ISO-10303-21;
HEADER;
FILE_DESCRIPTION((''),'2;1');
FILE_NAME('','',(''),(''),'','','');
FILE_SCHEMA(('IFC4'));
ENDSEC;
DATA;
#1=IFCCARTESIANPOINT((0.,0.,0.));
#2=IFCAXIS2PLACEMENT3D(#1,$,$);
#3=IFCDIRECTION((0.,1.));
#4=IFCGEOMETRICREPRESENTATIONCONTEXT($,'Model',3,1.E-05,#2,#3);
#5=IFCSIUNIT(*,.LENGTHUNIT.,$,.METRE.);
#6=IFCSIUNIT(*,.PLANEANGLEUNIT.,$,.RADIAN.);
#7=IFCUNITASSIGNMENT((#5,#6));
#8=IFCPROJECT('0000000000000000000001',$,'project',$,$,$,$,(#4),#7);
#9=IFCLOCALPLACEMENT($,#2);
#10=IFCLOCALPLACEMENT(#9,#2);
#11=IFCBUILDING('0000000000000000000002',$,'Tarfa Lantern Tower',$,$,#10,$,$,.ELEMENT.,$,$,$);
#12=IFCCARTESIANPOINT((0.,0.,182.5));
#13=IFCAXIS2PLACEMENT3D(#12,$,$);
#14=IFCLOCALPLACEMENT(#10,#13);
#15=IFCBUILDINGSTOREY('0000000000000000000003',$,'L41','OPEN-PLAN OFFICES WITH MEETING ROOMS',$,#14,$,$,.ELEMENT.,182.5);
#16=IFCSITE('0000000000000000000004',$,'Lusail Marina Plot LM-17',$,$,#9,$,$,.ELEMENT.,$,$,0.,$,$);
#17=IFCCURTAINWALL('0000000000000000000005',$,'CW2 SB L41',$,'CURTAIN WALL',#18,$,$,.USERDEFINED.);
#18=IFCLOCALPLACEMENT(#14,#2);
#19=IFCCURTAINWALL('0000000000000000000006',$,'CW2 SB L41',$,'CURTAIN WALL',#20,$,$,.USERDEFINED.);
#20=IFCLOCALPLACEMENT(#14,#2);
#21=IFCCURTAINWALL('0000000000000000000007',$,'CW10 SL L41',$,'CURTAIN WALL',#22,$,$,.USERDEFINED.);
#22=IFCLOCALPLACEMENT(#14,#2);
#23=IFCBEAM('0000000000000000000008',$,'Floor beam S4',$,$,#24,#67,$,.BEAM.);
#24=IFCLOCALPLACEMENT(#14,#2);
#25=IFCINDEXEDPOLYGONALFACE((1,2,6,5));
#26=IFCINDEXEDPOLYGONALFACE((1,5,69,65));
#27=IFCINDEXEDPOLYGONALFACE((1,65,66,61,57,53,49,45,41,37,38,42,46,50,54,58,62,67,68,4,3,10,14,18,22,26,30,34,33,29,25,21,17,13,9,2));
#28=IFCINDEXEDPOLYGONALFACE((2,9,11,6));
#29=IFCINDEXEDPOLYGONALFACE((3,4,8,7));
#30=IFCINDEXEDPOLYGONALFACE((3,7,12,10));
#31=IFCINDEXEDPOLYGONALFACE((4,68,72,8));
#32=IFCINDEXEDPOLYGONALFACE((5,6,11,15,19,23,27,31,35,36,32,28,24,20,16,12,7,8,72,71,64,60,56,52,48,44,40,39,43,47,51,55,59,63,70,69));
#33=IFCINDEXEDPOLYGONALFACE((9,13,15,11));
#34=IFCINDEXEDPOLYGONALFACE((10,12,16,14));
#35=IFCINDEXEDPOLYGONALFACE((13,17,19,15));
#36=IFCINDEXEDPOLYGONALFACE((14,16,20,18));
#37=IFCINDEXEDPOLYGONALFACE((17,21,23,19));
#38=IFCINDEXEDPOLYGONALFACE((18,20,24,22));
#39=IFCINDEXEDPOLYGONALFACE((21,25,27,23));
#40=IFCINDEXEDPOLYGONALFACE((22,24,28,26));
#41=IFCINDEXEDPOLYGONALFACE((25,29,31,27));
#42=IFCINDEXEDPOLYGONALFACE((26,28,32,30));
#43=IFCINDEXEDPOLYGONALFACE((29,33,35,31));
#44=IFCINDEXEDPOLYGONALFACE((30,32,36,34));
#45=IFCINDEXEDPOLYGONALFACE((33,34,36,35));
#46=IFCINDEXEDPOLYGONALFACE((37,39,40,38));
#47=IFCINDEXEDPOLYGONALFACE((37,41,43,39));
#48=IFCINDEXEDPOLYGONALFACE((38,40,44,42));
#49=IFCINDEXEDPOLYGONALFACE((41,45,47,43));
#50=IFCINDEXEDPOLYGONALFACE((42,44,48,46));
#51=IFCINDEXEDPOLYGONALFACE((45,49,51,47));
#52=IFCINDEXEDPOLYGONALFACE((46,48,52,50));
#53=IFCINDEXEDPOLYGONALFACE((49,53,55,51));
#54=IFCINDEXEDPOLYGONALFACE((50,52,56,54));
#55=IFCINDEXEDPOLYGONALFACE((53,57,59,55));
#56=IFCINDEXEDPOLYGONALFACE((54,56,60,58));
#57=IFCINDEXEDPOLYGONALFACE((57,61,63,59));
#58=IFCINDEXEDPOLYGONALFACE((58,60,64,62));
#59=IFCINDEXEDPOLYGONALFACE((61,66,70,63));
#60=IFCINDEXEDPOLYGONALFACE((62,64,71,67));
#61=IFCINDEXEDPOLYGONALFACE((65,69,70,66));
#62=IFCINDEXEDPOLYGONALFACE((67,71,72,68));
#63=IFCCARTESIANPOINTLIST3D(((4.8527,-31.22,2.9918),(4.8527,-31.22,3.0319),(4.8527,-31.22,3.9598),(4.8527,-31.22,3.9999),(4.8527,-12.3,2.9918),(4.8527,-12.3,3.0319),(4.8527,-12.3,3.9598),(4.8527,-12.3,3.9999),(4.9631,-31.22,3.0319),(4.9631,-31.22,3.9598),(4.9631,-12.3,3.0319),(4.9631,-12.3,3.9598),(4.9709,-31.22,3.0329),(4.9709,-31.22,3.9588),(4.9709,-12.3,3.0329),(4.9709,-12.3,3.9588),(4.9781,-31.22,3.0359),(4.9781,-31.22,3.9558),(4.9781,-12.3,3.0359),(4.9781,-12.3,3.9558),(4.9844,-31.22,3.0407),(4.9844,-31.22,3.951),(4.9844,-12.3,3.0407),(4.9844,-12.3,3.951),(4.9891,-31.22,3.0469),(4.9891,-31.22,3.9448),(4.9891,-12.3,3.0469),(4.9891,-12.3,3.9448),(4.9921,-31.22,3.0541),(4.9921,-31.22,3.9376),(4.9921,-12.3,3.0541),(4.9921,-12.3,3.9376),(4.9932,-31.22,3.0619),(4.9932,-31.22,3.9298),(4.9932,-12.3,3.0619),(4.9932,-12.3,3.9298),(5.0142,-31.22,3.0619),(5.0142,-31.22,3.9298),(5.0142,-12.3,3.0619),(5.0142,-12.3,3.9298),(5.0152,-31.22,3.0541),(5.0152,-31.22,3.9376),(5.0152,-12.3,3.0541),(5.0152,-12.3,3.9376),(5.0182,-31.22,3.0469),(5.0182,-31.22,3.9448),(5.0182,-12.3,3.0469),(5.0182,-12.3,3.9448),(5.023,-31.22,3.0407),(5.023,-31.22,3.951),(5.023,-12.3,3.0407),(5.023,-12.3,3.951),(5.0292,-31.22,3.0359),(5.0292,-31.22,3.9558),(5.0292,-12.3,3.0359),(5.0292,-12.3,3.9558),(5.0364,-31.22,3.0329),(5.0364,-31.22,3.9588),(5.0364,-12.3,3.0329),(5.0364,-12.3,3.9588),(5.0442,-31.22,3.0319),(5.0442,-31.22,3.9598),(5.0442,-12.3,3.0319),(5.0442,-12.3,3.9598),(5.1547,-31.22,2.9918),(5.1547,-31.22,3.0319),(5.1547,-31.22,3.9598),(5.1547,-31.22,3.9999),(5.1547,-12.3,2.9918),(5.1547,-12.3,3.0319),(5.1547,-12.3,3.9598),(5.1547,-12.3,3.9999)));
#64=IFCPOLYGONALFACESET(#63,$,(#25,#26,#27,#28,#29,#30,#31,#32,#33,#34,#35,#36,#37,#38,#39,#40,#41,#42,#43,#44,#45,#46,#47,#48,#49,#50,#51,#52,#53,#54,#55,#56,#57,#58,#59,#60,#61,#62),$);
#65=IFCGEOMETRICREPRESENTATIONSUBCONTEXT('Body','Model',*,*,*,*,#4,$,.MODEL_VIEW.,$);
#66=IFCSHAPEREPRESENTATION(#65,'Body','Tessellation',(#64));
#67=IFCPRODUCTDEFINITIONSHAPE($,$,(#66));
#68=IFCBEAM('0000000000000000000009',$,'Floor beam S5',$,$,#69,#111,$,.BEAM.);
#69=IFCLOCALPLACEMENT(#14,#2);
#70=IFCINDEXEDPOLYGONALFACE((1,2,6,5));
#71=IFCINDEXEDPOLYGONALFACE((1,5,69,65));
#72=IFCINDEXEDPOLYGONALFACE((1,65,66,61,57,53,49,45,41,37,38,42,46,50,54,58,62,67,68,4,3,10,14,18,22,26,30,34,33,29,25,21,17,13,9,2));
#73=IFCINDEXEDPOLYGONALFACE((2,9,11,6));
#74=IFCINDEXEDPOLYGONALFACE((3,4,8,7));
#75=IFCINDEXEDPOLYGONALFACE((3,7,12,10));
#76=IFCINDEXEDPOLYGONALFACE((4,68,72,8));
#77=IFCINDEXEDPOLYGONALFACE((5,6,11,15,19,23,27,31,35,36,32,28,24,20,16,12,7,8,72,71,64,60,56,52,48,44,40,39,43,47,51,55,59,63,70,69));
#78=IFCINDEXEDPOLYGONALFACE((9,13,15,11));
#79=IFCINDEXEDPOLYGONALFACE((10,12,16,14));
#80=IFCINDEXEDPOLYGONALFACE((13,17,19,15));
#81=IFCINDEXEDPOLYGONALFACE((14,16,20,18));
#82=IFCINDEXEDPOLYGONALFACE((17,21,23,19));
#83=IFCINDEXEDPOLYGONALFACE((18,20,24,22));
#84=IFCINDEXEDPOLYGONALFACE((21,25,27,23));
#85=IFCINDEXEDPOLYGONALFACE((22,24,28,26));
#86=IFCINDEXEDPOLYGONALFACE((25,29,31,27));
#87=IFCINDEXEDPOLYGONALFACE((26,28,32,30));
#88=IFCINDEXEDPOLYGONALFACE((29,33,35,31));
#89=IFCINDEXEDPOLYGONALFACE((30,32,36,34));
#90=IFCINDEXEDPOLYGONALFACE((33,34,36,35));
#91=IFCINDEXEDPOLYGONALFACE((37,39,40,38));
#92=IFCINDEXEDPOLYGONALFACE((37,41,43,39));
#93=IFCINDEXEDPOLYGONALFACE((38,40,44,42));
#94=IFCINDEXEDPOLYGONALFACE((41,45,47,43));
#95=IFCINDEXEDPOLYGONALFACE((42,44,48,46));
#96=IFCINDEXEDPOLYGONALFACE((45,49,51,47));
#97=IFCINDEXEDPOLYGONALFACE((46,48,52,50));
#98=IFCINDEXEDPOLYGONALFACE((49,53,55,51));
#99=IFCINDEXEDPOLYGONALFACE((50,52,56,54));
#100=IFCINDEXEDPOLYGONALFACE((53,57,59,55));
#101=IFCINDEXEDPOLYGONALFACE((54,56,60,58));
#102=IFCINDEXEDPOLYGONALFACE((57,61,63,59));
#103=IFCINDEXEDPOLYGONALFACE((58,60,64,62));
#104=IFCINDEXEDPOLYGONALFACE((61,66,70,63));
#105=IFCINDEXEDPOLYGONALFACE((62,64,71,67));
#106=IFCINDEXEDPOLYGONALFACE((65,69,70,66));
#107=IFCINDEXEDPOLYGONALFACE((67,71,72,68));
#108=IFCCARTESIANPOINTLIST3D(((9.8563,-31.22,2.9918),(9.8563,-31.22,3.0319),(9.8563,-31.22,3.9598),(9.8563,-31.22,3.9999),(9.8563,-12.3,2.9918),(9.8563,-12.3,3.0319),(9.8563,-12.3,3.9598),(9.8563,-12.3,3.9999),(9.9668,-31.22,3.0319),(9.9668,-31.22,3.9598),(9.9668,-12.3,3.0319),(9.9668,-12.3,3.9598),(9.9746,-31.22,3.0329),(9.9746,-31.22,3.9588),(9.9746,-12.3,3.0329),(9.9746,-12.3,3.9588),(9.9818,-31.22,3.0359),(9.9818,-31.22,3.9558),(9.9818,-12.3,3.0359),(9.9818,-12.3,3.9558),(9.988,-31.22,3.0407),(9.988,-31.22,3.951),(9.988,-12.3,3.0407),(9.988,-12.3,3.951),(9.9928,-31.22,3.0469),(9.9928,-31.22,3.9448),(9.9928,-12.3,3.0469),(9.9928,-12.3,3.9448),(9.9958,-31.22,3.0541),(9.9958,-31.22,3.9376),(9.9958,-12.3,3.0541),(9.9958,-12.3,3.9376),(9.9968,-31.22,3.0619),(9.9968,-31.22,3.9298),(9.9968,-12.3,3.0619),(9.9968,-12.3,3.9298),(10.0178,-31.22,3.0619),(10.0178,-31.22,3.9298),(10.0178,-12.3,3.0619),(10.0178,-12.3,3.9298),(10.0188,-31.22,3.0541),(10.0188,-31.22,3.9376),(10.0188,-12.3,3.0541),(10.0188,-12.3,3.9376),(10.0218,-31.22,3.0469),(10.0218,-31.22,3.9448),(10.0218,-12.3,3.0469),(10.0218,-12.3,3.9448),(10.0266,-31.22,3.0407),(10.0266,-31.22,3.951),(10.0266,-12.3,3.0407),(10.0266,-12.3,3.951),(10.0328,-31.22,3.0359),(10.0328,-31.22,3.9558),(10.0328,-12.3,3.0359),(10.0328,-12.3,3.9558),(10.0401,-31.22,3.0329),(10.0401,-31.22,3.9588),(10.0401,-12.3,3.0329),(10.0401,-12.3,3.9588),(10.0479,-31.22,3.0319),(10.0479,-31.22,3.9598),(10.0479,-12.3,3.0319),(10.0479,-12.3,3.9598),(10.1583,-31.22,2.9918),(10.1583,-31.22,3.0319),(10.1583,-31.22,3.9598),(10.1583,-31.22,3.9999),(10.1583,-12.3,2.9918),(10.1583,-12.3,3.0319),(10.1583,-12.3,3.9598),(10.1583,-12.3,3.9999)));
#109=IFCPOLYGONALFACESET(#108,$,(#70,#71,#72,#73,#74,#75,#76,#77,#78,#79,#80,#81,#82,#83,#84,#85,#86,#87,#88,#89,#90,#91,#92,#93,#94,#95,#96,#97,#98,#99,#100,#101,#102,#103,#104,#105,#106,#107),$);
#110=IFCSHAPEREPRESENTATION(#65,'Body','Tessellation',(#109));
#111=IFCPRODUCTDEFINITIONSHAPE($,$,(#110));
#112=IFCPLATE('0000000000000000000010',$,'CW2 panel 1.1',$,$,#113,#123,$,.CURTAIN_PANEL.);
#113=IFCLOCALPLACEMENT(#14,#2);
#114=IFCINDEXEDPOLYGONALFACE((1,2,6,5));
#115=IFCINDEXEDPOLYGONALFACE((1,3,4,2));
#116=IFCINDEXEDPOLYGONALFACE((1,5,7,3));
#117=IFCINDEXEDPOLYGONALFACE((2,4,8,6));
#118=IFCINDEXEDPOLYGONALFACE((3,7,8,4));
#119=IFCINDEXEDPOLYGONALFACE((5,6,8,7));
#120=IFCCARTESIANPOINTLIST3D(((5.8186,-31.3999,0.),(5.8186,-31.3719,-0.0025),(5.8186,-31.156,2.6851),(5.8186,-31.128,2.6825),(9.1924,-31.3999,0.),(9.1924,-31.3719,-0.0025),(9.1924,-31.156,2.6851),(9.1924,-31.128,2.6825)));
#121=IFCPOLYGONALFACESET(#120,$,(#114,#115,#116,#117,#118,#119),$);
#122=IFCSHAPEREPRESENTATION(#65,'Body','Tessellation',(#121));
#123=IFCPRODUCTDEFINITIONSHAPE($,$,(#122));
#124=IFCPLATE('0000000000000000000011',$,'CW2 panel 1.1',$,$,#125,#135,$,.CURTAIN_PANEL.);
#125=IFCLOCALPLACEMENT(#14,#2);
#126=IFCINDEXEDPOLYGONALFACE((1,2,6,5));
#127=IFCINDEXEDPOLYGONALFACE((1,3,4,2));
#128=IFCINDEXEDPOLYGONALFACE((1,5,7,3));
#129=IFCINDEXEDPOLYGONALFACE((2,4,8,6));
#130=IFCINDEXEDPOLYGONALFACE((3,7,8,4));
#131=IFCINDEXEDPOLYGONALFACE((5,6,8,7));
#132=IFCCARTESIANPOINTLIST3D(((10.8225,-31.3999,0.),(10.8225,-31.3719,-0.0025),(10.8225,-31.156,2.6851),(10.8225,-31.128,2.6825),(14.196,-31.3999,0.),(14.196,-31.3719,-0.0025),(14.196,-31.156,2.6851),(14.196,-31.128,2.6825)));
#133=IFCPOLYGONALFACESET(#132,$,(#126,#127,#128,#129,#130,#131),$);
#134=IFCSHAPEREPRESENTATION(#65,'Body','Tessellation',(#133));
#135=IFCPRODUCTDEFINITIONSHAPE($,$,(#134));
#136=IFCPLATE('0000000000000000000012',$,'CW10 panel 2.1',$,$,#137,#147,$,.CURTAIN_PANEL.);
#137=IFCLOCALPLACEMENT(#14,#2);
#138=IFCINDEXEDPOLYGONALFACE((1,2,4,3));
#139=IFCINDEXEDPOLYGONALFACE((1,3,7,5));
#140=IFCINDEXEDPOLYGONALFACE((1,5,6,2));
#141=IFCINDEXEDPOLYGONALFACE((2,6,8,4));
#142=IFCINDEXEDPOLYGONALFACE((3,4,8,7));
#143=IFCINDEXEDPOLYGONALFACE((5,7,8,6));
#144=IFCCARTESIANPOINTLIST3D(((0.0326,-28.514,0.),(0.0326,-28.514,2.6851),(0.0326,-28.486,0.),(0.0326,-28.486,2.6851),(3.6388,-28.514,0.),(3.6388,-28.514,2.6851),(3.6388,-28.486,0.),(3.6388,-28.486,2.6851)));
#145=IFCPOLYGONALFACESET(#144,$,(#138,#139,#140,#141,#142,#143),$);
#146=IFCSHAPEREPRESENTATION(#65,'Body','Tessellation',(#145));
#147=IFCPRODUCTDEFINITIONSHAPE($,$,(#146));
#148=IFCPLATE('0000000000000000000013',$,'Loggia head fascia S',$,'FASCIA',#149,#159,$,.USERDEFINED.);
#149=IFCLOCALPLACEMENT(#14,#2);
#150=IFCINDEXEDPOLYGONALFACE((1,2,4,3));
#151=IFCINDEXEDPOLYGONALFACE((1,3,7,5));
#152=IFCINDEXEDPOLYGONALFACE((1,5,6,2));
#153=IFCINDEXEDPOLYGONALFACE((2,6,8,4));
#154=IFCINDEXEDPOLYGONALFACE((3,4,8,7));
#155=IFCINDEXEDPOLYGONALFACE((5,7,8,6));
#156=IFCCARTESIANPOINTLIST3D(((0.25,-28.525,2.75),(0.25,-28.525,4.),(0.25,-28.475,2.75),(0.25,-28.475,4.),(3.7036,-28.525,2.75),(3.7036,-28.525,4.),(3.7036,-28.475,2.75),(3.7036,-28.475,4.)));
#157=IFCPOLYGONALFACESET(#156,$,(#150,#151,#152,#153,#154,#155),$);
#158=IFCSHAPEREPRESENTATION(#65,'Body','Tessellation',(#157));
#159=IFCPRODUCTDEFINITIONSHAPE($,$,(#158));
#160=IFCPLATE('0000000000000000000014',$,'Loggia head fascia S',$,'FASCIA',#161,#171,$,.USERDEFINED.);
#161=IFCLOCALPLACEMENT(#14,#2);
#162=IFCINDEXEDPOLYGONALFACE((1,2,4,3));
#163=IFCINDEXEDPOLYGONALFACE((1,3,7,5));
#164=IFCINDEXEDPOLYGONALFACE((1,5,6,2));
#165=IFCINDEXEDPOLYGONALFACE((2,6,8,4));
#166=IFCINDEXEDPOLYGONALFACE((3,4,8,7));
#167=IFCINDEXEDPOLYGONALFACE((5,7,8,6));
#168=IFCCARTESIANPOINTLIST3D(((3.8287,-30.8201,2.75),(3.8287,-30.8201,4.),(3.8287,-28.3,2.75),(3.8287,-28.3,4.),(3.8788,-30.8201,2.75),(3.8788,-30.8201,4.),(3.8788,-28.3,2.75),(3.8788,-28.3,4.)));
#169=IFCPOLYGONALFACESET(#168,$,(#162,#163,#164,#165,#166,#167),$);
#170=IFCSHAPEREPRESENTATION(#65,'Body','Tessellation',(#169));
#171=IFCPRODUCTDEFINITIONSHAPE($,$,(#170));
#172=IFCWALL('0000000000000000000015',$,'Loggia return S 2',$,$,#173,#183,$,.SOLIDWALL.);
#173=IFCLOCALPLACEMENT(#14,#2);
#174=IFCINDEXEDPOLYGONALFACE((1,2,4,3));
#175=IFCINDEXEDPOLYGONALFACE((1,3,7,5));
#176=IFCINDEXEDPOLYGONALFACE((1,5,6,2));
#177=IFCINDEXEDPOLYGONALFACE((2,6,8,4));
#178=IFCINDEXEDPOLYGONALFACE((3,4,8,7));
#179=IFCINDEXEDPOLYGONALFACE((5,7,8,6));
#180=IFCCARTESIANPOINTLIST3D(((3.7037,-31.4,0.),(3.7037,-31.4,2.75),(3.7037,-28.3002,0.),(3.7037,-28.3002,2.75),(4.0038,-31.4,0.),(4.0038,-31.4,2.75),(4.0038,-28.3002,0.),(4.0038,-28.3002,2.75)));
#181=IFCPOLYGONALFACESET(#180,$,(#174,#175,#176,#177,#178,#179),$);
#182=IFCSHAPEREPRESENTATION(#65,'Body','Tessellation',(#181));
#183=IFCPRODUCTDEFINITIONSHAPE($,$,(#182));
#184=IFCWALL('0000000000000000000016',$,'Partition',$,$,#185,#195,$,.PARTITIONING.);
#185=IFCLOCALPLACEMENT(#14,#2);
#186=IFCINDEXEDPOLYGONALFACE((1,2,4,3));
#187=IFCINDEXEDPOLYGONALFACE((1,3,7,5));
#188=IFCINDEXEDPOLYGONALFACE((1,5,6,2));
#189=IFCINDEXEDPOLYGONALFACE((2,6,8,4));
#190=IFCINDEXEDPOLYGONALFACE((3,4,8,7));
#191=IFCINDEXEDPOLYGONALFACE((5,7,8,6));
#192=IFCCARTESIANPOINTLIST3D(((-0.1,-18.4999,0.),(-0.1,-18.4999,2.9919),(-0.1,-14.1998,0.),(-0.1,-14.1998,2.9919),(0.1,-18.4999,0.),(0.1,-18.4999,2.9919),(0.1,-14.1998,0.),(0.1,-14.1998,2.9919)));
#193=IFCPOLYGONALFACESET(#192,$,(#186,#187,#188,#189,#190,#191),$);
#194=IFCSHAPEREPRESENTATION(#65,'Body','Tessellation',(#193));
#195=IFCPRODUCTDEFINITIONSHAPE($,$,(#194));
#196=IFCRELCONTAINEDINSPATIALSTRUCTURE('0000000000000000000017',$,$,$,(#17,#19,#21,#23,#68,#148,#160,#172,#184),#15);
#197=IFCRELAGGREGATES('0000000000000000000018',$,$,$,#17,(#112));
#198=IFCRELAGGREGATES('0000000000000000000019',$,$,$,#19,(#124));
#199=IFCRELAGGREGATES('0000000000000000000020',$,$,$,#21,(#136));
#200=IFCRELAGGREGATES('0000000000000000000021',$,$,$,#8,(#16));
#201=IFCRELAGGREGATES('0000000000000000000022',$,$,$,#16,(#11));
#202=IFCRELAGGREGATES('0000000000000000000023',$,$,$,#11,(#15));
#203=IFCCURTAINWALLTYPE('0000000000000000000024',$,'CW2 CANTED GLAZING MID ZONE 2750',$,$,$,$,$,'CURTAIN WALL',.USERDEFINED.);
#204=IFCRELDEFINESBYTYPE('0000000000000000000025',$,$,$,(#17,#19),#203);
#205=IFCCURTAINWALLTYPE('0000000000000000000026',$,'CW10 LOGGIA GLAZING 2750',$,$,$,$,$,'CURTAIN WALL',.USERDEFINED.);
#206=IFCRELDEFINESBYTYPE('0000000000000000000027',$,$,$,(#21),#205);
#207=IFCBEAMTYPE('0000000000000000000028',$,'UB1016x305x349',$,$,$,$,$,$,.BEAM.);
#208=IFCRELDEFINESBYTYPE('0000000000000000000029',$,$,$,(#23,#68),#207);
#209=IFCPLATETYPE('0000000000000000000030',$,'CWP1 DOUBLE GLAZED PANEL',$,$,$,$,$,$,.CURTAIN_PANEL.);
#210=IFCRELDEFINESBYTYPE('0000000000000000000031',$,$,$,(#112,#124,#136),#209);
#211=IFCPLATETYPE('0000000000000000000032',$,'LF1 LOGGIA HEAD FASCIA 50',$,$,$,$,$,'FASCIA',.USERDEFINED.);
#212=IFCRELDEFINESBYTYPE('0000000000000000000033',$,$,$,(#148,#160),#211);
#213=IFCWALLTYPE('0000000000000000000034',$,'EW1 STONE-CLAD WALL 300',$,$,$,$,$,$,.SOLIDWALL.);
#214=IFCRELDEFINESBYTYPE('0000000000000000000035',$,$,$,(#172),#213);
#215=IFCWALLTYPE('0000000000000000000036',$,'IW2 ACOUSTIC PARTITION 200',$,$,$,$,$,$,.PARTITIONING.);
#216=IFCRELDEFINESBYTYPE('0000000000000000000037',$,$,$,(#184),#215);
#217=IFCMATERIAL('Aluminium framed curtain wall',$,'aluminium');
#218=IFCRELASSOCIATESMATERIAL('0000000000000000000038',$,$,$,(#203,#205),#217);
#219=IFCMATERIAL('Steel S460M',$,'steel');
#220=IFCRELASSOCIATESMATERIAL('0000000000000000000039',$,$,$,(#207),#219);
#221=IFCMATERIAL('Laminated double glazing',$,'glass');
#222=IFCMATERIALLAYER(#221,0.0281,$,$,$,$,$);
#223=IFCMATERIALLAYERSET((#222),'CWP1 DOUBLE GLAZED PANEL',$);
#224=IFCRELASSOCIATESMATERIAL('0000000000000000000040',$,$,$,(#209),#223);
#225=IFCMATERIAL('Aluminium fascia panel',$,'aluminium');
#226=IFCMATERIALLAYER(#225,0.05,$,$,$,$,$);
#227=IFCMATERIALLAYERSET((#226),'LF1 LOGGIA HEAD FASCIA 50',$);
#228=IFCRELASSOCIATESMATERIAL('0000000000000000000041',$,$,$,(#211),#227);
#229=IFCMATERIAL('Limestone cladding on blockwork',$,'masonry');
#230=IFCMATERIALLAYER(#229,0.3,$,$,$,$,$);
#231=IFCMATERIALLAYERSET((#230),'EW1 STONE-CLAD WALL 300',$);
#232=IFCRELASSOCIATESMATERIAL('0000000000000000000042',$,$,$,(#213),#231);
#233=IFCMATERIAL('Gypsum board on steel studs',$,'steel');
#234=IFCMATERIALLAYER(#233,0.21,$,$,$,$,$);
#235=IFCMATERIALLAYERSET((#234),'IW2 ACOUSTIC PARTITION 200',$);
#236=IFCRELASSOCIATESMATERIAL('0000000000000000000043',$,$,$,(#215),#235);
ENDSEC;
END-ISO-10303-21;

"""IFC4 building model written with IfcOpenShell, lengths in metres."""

from ifc_helpers import new_model, si_unit, direction, frame, frame_2d, origin, origin_2d, place, context, subcontext, project, spatial, polyline, rectangle, i_section, outline, extrude, material, layer, layer_set, material_profile, profile_set, type_object, element, aggregate, save


model = new_model("IFC4")

# Units and contexts
model_context = context("Model", 3, precision=1e-05, world=origin(), true_north=direction((0.0, 1.0)))
body_context = subcontext(model_context, "Body", "Model", "MODEL_VIEW")
ifc_project = project(units=[si_unit("LENGTHUNIT", "METRE"), si_unit("PLANEANGLEUNIT", "RADIAN")], contexts=[model_context])

# Site, building, storey
site_placement = place(None, origin())
site = spatial("IfcSite", under=ifc_project, at=site_placement, Name="Lusail Marina Plot LM-17", CompositionType="ELEMENT", RefElevation=0.0)
building_placement = place(site_placement, origin())
building = spatial("IfcBuilding", under=site, at=building_placement, Name="Tarfa Lantern Tower", CompositionType="ELEMENT")
storey_placement = place(building_placement, frame((0.0, 0.0, 182.5)))
storey = spatial("IfcBuildingStorey", under=building, at=storey_placement, Name="L41", Description="OPEN-PLAN OFFICES WITH MEETING ROOMS", CompositionType="ELEMENT", Elevation=182.5)

# Curtain wall
ifc_material_1 = material(Name="Aluminium framed curtain wall", Category="aluminium")
curtain_wall_type_1 = type_object("IfcCurtainWallType", Name="CW2 CANTED GLAZING MID ZONE 2750", ElementType="CURTAIN WALL", PredefinedType="USERDEFINED", material=ifc_material_1)
curtain_wall_1_placement = place(storey_placement, origin())
curtain_wall_1 = element("IfcCurtainWall", 1, at=curtain_wall_1_placement, inside=storey, type_object=curtain_wall_type_1, Name="CW2 SB L41", ObjectType="CURTAIN WALL", PredefinedType="USERDEFINED")

# Curtain walls
curtain_wall_2_placement = place(storey_placement, origin())
curtain_wall_2 = element("IfcCurtainWall", 2, at=curtain_wall_2_placement, inside=storey, type_object=curtain_wall_type_1, Name="CW2 SB L41", ObjectType="CURTAIN WALL", PredefinedType="USERDEFINED")
curtain_wall_type_2 = type_object("IfcCurtainWallType", Name="CW10 LOGGIA GLAZING 2750", ElementType="CURTAIN WALL", PredefinedType="USERDEFINED", material=ifc_material_1)
curtain_wall_3_placement = place(storey_placement, origin())
curtain_wall_3 = element("IfcCurtainWall", 3, at=curtain_wall_3_placement, inside=storey, type_object=curtain_wall_type_2, Name="CW10 SL L41", ObjectType="CURTAIN WALL", PredefinedType="USERDEFINED")

# Beams
ifc_material_2 = material(Name="Steel S460M", Category="steel")
ifc_material_profile_1 = material_profile(ifc_material_2, i_section(OverallWidth=0.302, OverallDepth=1.0081, WebThickness=0.021, FlangeThickness=0.04, FilletRadius=0.03, at=origin_2d()), Name="UB1016x305x349")
ifc_profile_set_1 = profile_set([ifc_material_profile_1], Name="Steel S460M")
beam_type_1 = type_object("IfcBeamType", Name="UB1016x305x349", PredefinedType="BEAM", material=ifc_profile_set_1)
for number, where, z_axis, x_axis, name in (
    (4, (5.0037, -31.22, 3.4958), (0.0, 1.0, 0.0), (-1.0, 0.0, 0.0), "Floor beam S4"),
    (5, (10.0073, -31.22, 3.4958), (0.0, 1.0, 0.0), (-1.0, 0.0, 0.0), "Floor beam S5"),
):
    element("IfcBeam", number, at=place(storey_placement, frame(where, z_axis=z_axis, x_axis=x_axis)), inside=storey, type_object=beam_type_1, Name=name, PredefinedType="BEAM", context=body_context, shape_type="SweptSolid", body=[
        extrude(i_section(OverallWidth=0.302, OverallDepth=1.0081, WebThickness=0.021, FlangeThickness=0.04, FilletRadius=0.03, at=origin_2d()), origin(), (0.0, 0.0, 1.0), 18.9199),
    ])

# Plates
ifc_material_3 = material(Name="Laminated double glazing", Category="glass")
ifc_layer_1 = layer(ifc_material_3, 0.0281)
ifc_layer_set_1 = layer_set([ifc_layer_1], Name="CWP1 DOUBLE GLAZED PANEL")
plate_type_1 = type_object("IfcPlateType", Name="CWP1 DOUBLE GLAZED PANEL", PredefinedType="CURTAIN_PANEL", material=ifc_layer_set_1)
plate_1_placement = place(storey_placement, frame((5.8186, -31.3999, 0.0), z_axis=(0.0, -0.9959, 0.090462), x_axis=(1.0, 0.0, 0.0)))
plate_1 = element("IfcPlate", 6, at=plate_1_placement, type_object=plate_type_1, Name="CW2 panel 1.1", PredefinedType="CURTAIN_PANEL", context=body_context, shape_type="SweptSolid", body=[
    extrude(outline(polyline([(0.0, 0.0), (3.3738, 0.0), (3.3738, 2.6961), (0.0, 2.6961), (0.0, 0.0)])), origin(), (0.0, 0.0, -1.0), 0.0281),
])
aggregate(curtain_wall_1, [plate_1])
plate_2_placement = place(storey_placement, frame((10.8225, -31.3999, 0.0), z_axis=(0.0, -0.9959, 0.090462), x_axis=(1.0, 0.0, 0.0)))
plate_2 = element("IfcPlate", 7, at=plate_2_placement, type_object=plate_type_1, Name="CW2 panel 1.1", PredefinedType="CURTAIN_PANEL", context=body_context, shape_type="SweptSolid", body=[
    extrude(outline(polyline([(0.0, 0.0), (3.3735, 0.0), (3.3735, 2.6961), (0.0, 2.6961), (0.0, 0.0)])), origin(), (0.0, 0.0, -1.0), 0.0281),
])
aggregate(curtain_wall_2, [plate_2])
plate_3_placement = place(storey_placement, frame((1.8357, -28.5, 0.0), z_axis=(0.0, 0.0, 1.0), x_axis=(1.0, 0.0, 0.0)))
plate_3 = element("IfcPlate", 8, at=plate_3_placement, type_object=plate_type_1, Name="CW10 panel 2.1", PredefinedType="CURTAIN_PANEL", context=body_context, shape_type="SweptSolid", body=[
    extrude(rectangle(XDim=3.6062, YDim=0.0281, at=origin_2d()), origin(), (0.0, 0.0, 1.0), 2.6851),
])
aggregate(curtain_wall_3, [plate_3])

# Plates
ifc_material_4 = material(Name="Aluminium fascia panel", Category="aluminium")
ifc_layer_2 = layer(ifc_material_4, 0.05)
ifc_layer_set_2 = layer_set([ifc_layer_2], Name="LF1 LOGGIA HEAD FASCIA 50")
plate_type_2 = type_object("IfcPlateType", Name="LF1 LOGGIA HEAD FASCIA 50", ElementType="FASCIA", PredefinedType="USERDEFINED", material=ifc_layer_set_2)
plate_4_placement = place(storey_placement, frame((1.9768, -28.5, 2.75), z_axis=(0.0, 0.0, 1.0), x_axis=(1.0, 0.0, 0.0)))
element("IfcPlate", 9, at=plate_4_placement, inside=storey, type_object=plate_type_2, Name="Loggia head fascia S", ObjectType="FASCIA", PredefinedType="USERDEFINED", context=body_context, shape_type="SweptSolid", body=[
    extrude(rectangle(XDim=3.4536, YDim=0.05, at=origin_2d()), origin(), (0.0, 0.0, 1.0), 1.25),
])
plate_5_placement = place(storey_placement, frame((3.8538, -29.5601, 2.75), z_axis=(0.0, 0.0, 1.0), x_axis=(0.0, 1.0, 0.0)))
element("IfcPlate", 10, at=plate_5_placement, inside=storey, type_object=plate_type_2, Name="Loggia head fascia S", ObjectType="FASCIA", PredefinedType="USERDEFINED", context=body_context, shape_type="SweptSolid", body=[
    extrude(rectangle(XDim=2.52, YDim=0.05, at=origin_2d()), origin(), (0.0, 0.0, 1.0), 1.25),
])

# Walls
ifc_material_5 = material(Name="Limestone cladding on blockwork", Category="masonry")
ifc_layer_3 = layer(ifc_material_5, 0.3)
ifc_layer_set_3 = layer_set([ifc_layer_3], Name="EW1 STONE-CLAD WALL 300")
wall_type_1 = type_object("IfcWallType", Name="EW1 STONE-CLAD WALL 300", PredefinedType="SOLIDWALL", material=ifc_layer_set_3)
wall_1_placement = place(storey_placement, frame((3.8538, -31.3999, 0.0), z_axis=(0.0, 0.0, 1.0), x_axis=(0.0, 1.0, 0.0)))
element("IfcWall", 11, at=wall_1_placement, inside=storey, type_object=wall_type_1, Name="Loggia return S 2", PredefinedType="SOLIDWALL", context=body_context, shape_type="SweptSolid", body=[
    extrude(rectangle(XDim=3.0999, YDim=0.3, at=frame_2d((1.5498, 0.0))), origin(), (0.0, 0.0, 1.0), 2.75),
])
ifc_material_6 = material(Name="Gypsum board on steel studs", Category="steel")
ifc_layer_4 = layer(ifc_material_6, 0.21)
ifc_layer_set_4 = layer_set([ifc_layer_4], Name="IW2 ACOUSTIC PARTITION 200")
wall_type_2 = type_object("IfcWallType", Name="IW2 ACOUSTIC PARTITION 200", PredefinedType="PARTITIONING", material=ifc_layer_set_4)
wall_2_placement = place(storey_placement, frame((0.0, -14.2, 0.0), z_axis=(0.0, 0.0, 1.0), x_axis=(0.0, -1.0, 0.0)))
element("IfcWall", 12, at=wall_2_placement, inside=storey, type_object=wall_type_2, Name="Partition", PredefinedType="PARTITIONING", context=body_context, shape_type="SweptSolid", body=[
    extrude(rectangle(XDim=4.3, YDim=0.2, at=frame_2d((2.1499, 0.0))), origin(), (0.0, 0.0, 1.0), 2.9919),
])

save(model, "model.ifc")
